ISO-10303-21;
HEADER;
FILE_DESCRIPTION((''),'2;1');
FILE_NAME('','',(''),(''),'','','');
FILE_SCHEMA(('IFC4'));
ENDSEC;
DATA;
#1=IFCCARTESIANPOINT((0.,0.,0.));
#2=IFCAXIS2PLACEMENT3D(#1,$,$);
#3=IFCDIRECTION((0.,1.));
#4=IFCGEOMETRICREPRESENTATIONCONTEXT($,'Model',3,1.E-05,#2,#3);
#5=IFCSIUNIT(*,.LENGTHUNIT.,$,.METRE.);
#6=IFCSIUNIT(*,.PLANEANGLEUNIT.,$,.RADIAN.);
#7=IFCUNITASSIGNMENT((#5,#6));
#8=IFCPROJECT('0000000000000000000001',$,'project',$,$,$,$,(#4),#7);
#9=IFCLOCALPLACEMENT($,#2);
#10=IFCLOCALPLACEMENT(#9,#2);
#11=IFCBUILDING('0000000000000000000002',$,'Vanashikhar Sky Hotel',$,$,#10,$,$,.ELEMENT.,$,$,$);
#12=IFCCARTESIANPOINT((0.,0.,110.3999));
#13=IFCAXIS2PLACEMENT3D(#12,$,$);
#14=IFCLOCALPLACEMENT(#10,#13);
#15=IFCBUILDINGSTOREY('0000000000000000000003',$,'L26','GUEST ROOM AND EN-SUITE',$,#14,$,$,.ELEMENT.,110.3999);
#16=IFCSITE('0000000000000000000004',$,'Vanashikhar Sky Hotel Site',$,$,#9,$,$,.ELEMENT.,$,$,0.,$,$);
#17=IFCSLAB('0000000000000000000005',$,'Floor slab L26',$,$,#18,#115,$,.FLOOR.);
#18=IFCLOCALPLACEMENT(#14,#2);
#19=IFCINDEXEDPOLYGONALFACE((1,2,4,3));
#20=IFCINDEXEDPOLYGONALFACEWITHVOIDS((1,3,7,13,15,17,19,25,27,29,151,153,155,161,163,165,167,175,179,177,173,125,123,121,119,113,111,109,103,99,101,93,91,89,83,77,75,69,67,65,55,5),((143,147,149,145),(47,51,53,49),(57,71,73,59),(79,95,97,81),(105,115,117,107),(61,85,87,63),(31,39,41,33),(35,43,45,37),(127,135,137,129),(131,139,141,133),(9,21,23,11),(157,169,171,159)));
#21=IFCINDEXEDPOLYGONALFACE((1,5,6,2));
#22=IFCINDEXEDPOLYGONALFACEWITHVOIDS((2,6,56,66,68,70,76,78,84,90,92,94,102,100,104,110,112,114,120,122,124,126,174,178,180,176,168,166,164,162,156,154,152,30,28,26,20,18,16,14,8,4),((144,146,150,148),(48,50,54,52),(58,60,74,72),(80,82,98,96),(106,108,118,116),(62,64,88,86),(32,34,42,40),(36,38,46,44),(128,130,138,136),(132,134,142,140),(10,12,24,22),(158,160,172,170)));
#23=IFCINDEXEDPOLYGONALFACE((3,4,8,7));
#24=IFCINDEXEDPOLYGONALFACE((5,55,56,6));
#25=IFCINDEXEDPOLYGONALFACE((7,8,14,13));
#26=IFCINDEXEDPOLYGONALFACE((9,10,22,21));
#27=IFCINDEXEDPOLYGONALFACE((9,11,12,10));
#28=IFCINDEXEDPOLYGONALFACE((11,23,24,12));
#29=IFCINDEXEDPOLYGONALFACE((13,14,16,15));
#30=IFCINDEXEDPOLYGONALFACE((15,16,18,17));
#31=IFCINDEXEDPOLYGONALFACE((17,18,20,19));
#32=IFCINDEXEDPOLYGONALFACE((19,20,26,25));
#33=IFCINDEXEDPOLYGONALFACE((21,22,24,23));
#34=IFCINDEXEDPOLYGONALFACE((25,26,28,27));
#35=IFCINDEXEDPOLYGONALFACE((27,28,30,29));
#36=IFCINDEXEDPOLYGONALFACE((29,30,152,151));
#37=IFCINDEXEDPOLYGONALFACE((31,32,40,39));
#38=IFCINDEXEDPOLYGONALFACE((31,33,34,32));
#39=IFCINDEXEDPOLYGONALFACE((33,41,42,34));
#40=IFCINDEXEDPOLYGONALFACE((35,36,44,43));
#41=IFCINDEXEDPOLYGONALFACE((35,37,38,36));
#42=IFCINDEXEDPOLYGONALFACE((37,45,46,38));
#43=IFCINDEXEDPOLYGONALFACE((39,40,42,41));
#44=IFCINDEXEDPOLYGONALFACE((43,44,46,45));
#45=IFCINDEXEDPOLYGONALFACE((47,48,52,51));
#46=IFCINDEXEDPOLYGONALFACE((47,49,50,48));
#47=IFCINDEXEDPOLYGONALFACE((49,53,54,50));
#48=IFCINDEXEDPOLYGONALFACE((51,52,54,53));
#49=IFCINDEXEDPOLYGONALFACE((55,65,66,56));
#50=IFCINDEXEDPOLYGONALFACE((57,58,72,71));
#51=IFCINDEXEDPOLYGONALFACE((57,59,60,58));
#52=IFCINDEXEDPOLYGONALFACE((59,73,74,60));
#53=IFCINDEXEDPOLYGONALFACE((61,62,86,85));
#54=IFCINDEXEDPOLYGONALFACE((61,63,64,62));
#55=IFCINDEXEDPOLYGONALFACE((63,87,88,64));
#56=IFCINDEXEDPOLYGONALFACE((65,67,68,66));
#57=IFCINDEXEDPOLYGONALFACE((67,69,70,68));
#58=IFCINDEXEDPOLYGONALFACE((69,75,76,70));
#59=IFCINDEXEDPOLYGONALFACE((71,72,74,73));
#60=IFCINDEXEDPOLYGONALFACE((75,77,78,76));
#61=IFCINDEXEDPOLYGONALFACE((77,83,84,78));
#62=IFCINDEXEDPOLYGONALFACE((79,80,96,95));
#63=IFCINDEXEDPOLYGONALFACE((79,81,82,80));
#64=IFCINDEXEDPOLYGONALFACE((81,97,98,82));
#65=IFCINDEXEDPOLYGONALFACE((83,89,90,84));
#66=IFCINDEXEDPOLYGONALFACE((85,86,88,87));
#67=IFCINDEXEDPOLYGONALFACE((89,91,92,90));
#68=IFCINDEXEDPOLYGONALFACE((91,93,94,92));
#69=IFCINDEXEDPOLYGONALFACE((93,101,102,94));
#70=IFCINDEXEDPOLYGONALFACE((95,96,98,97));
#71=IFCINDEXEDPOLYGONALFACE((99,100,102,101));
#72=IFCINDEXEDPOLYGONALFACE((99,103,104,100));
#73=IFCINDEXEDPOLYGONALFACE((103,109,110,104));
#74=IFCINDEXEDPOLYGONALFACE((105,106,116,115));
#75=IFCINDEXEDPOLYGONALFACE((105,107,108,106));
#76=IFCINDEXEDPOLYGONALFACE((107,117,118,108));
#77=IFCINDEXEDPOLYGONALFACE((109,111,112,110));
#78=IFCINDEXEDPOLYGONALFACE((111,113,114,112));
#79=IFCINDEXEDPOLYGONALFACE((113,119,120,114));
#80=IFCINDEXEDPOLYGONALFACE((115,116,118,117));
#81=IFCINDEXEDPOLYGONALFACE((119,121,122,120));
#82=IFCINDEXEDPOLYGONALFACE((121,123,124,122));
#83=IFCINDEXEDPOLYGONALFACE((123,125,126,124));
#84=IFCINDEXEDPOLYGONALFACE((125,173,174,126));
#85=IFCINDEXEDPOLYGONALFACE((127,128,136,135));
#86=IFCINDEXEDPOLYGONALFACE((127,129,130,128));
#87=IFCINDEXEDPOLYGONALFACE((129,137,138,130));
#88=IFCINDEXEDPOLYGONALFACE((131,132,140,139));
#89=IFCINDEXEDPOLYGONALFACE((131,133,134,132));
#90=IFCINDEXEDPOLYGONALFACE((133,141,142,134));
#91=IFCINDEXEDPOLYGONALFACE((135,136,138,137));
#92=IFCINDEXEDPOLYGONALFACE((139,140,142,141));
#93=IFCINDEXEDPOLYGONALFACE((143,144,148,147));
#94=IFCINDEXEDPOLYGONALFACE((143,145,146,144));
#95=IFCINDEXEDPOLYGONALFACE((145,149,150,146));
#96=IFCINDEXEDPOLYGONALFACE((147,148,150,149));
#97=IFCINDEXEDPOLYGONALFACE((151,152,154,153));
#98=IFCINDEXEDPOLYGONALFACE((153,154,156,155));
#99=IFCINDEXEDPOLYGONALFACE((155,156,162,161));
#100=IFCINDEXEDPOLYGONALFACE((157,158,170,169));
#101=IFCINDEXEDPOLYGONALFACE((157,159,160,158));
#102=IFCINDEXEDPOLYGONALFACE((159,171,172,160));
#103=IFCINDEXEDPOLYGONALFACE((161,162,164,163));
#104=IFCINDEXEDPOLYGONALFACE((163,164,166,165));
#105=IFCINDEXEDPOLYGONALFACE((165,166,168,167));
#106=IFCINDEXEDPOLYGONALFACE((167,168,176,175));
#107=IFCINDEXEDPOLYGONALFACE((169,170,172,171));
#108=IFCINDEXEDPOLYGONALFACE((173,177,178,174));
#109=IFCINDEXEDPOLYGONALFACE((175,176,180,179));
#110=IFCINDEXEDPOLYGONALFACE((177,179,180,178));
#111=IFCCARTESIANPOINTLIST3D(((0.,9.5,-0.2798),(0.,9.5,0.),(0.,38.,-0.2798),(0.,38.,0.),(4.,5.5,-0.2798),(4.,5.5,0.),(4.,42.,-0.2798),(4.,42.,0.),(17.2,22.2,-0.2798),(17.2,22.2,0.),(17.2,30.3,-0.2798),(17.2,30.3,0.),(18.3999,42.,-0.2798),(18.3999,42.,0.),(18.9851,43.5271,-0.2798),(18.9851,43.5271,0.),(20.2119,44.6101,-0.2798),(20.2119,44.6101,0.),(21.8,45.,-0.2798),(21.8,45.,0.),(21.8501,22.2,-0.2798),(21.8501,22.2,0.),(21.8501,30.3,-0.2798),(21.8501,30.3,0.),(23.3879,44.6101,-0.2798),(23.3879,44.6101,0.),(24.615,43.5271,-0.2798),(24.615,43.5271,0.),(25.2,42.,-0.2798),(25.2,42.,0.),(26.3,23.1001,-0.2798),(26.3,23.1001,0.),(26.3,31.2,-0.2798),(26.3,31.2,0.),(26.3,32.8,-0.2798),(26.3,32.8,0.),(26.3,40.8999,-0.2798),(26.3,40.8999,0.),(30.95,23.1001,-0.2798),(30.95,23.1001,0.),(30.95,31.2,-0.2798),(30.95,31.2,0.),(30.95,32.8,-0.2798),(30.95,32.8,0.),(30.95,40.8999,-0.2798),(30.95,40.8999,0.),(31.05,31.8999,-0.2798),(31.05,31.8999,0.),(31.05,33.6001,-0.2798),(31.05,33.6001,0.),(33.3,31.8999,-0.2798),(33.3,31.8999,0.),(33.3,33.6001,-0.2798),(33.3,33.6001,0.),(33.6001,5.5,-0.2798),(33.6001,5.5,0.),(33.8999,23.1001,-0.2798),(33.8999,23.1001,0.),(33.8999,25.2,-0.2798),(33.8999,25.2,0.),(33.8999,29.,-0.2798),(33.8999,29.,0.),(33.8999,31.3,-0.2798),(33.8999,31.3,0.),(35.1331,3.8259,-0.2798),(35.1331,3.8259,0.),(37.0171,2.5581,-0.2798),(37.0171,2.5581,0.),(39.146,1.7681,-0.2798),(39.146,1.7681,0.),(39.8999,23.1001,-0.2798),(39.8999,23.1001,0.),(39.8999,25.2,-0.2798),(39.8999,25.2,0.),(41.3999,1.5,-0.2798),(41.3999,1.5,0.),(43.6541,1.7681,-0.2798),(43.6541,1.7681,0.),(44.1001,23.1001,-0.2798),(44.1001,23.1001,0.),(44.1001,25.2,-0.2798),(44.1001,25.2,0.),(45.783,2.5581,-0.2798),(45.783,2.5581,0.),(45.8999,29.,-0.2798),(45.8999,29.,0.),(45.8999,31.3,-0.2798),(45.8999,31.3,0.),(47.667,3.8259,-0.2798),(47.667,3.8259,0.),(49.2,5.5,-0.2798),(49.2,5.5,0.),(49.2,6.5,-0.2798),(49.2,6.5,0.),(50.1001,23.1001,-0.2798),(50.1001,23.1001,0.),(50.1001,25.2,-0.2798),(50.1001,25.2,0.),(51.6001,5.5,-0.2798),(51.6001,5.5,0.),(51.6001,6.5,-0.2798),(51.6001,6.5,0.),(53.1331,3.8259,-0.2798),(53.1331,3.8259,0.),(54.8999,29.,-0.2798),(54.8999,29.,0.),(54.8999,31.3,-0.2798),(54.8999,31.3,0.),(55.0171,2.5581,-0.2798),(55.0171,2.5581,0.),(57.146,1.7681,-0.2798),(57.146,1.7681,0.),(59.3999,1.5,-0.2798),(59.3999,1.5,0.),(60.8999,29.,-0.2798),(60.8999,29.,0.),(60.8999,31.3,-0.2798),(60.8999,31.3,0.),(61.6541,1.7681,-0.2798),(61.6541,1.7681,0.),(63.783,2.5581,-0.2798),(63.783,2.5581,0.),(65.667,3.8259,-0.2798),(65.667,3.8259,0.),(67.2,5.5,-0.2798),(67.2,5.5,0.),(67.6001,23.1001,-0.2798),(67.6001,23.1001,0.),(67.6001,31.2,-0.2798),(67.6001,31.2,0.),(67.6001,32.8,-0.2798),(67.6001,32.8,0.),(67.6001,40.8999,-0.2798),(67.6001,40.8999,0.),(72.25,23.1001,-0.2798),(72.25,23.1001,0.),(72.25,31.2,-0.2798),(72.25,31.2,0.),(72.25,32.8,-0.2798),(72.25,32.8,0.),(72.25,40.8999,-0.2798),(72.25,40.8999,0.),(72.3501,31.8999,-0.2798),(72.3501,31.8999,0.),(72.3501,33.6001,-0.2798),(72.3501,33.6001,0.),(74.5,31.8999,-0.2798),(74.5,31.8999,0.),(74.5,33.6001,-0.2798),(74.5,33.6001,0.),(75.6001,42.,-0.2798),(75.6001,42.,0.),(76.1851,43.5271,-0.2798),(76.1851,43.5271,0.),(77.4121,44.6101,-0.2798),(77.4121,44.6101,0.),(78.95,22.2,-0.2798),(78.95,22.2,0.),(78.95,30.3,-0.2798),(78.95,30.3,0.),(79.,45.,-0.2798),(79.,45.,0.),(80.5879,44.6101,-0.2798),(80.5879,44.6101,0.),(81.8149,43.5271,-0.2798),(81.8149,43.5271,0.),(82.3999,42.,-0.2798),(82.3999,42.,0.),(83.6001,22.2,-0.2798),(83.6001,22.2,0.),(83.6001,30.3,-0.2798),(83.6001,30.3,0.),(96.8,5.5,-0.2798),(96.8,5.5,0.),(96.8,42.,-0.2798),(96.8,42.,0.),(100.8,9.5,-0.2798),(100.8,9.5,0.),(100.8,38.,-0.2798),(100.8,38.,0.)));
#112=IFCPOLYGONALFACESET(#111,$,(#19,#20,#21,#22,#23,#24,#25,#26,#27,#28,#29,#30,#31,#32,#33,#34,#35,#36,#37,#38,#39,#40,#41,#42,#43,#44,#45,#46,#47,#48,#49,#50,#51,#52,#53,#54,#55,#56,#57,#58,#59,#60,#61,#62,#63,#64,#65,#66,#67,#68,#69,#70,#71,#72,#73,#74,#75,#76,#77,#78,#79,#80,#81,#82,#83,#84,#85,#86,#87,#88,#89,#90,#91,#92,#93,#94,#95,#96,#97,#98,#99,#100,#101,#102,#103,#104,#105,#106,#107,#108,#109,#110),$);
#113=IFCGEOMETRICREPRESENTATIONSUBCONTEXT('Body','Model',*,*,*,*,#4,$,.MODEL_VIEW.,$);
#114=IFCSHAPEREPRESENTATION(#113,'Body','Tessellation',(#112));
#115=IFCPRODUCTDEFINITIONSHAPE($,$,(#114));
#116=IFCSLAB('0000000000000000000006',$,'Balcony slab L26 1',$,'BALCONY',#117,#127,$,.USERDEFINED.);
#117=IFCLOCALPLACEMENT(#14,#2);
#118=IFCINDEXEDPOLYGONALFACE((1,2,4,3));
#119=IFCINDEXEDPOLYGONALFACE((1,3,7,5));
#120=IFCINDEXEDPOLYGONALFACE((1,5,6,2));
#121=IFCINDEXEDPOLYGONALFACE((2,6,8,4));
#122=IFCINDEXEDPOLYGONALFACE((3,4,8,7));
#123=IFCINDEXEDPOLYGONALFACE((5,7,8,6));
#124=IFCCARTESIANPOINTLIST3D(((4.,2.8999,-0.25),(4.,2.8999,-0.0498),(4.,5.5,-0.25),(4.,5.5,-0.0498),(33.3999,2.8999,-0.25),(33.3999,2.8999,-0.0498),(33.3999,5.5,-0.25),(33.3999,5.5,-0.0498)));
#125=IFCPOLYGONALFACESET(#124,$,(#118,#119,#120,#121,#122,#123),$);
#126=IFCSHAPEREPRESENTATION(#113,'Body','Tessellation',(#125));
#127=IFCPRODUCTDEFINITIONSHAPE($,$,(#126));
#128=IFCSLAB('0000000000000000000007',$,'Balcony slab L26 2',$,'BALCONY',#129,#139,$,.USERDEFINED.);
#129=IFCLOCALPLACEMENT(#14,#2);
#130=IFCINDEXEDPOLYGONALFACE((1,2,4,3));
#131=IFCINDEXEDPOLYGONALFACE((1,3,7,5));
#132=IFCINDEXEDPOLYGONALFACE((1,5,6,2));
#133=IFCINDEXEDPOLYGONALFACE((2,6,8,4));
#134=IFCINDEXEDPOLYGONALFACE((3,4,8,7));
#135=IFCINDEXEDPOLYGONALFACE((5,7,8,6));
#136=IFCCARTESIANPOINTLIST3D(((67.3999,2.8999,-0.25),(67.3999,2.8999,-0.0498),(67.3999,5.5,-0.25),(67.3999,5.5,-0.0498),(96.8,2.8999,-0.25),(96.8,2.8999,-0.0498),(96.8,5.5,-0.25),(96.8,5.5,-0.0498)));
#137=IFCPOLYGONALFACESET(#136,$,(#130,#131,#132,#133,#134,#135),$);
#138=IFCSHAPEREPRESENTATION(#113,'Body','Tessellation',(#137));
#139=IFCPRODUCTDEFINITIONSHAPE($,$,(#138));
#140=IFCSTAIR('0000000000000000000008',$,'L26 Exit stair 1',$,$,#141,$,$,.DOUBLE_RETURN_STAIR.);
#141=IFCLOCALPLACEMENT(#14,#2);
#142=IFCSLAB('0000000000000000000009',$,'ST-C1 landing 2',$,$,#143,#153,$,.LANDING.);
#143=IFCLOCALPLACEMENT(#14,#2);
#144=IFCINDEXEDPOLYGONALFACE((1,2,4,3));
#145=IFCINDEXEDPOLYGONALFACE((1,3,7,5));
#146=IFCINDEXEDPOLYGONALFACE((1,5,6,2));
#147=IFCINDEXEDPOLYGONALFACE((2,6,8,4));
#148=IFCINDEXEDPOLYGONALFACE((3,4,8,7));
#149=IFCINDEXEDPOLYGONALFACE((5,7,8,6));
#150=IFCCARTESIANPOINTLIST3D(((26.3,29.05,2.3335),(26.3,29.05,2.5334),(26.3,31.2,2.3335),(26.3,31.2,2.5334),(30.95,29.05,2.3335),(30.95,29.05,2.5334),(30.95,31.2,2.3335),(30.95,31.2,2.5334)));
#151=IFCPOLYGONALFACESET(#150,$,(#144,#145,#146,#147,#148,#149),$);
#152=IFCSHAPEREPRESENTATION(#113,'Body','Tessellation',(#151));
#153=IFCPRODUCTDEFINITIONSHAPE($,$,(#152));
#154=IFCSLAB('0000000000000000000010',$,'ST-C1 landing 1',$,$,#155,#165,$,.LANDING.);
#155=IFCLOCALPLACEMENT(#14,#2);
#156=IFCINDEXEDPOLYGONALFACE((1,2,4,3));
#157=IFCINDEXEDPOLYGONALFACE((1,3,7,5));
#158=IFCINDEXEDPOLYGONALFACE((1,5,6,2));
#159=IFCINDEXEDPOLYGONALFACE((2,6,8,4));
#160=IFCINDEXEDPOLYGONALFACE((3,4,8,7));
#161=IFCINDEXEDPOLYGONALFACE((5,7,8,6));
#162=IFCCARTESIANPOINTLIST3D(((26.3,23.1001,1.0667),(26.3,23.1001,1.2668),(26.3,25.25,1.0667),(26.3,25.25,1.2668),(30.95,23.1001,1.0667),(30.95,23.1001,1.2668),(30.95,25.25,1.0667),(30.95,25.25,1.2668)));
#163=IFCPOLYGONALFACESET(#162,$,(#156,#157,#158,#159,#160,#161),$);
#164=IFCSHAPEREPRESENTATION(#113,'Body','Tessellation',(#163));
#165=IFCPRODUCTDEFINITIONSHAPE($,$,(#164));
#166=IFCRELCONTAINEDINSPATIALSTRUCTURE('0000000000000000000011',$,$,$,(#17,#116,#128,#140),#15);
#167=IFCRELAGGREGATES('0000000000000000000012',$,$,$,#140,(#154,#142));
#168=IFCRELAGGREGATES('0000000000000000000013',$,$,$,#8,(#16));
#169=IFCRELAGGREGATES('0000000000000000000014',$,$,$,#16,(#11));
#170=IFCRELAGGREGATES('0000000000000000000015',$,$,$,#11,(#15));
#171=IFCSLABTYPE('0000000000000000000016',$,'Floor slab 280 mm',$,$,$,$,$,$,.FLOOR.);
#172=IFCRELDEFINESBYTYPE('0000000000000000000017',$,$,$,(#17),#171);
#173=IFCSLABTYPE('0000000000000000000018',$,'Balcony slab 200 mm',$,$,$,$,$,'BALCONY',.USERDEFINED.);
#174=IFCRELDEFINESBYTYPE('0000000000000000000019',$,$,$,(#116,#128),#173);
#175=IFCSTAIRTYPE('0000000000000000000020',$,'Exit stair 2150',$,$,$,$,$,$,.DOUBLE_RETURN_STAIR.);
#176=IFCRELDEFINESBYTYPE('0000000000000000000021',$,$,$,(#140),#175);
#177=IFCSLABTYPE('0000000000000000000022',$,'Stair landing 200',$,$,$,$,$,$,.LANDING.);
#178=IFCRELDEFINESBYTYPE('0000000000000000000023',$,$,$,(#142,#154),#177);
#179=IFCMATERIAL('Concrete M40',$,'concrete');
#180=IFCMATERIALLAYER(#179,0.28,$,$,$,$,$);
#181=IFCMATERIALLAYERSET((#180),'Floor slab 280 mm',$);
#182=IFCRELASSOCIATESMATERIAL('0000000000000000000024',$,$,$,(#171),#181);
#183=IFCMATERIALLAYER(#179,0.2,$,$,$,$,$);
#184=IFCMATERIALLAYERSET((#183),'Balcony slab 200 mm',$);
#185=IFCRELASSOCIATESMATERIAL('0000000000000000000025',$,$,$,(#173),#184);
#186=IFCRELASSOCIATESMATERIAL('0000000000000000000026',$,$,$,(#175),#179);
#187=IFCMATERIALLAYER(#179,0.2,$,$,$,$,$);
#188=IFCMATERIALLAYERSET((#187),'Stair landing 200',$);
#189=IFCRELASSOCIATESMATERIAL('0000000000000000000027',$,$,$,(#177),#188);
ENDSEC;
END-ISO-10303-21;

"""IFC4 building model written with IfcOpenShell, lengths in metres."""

from ifc_helpers import new_model, si_unit, direction, frame, origin, place, context, subcontext, project, spatial, polyline, outline, extrude, source, transform, mapped, material, layer, layer_set, type_object, element, aggregate, save


model = new_model("IFC4")

# Units and contexts
model_context = context("Model", 3, precision=1e-05, world=origin(), true_north=direction((0.0, 1.0)))
body_context = subcontext(model_context, "Body", "Model", "MODEL_VIEW")
ifc_project = project(units=[si_unit("LENGTHUNIT", "METRE"), si_unit("PLANEANGLEUNIT", "RADIAN")], contexts=[model_context])

# Site, building, storey
site_placement = place(None, origin())
site = spatial("IfcSite", under=ifc_project, at=site_placement, Name="Vanashikhar Sky Hotel Site", CompositionType="ELEMENT", RefElevation=0.0)
building_placement = place(site_placement, origin())
building = spatial("IfcBuilding", under=site, at=building_placement, Name="Vanashikhar Sky Hotel", CompositionType="ELEMENT")
storey_placement = place(building_placement, frame((0.0, 0.0, 110.3999)))
storey = spatial("IfcBuildingStorey", under=building, at=storey_placement, Name="L26", Description="GUEST ROOM AND EN-SUITE", CompositionType="ELEMENT", Elevation=110.3999)

# Slabs
ifc_material_1 = material(Name="Concrete M40", Category="concrete")
ifc_layer_1 = layer(ifc_material_1, 0.28)
ifc_layer_set_1 = layer_set([ifc_layer_1], Name="Floor slab 280 mm")
slab_type_1 = type_object("IfcSlabType", Name="Floor slab 280 mm", PredefinedType="FLOOR", material=ifc_layer_set_1)
shared_shape_1 = source(origin(), body_context, "Body", "SweptSolid", [
    extrude(outline(polyline([(49.2, 5.5), (49.2, 6.5), (51.6001, 6.5), (51.6001, 5.5), (53.1331, 3.8259), (55.0171, 2.5581), (57.146, 1.7681), (59.3999, 1.5), (61.6541, 1.7681), (63.783, 2.5581), (65.667, 3.8259), (67.2, 5.5), (96.8, 5.5), (100.8, 9.5), (100.8, 38.0), (96.8, 42.0), (82.3999, 42.0), (81.8149, 43.5271), (80.5879, 44.6101), (79.0, 45.0), (77.4121, 44.6101), (76.1851, 43.5271), (75.6001, 42.0), (25.2, 42.0), (24.615, 43.5271), (23.3879, 44.6101), (21.8, 45.0), (20.2119, 44.6101), (18.9851, 43.5271), (18.3999, 42.0), (4.0, 42.0), (0.0, 38.0), (0.0, 9.5), (4.0, 5.5), (33.6001, 5.5), (35.1331, 3.8259), (37.0171, 2.5581), (39.146, 1.7681), (41.3999, 1.5), (43.6541, 1.7681), (45.783, 2.5581), (47.667, 3.8259), (49.2, 5.5)]), holes=[polyline([(33.3, 33.6001), (31.05, 33.6001), (31.05, 31.8999), (33.3, 31.8999), (33.3, 33.6001)]), polyline([(33.8999, 25.2), (33.8999, 23.1001), (39.8999, 23.1001), (39.8999, 25.2), (33.8999, 25.2)]), polyline([(33.8999, 31.3), (33.8999, 29.0), (45.8999, 29.0), (45.8999, 31.3), (33.8999, 31.3)]), polyline([(44.1001, 25.2), (44.1001, 23.1001), (50.1001, 23.1001), (50.1001, 25.2), (44.1001, 25.2)]), polyline([(54.8999, 31.3), (54.8999, 29.0), (60.8999, 29.0), (60.8999, 31.3), (54.8999, 31.3)]), polyline([(74.5, 33.6001), (72.3501, 33.6001), (72.3501, 31.8999), (74.5, 31.8999), (74.5, 33.6001)]), polyline([(30.95, 23.1001), (30.95, 31.2), (26.3, 31.2), (26.3, 23.1001), (30.95, 23.1001)]), polyline([(72.25, 23.1001), (72.25, 31.2), (67.6001, 31.2), (67.6001, 23.1001), (72.25, 23.1001)]), polyline([(30.95, 32.8), (30.95, 40.8999), (26.3, 40.8999), (26.3, 32.8), (30.95, 32.8)]), polyline([(72.25, 32.8), (72.25, 40.8999), (67.6001, 40.8999), (67.6001, 32.8), (72.25, 32.8)]), polyline([(83.6001, 22.2), (83.6001, 30.3), (78.95, 30.3), (78.95, 22.2), (83.6001, 22.2)]), polyline([(21.8501, 22.2), (21.8501, 30.3), (17.2, 30.3), (17.2, 22.2), (21.8501, 22.2)])]), origin(), (0.0, 0.0, 1.0), 0.2798),
])
slab_1_placement = place(storey_placement, frame((0.0, 0.0, -0.2798)))
element("IfcSlab", 1, at=slab_1_placement, inside=storey, type_object=slab_type_1, Name="Floor slab L26", PredefinedType="FLOOR", context=body_context, shape_type="MappedRepresentation", body=[
    mapped(shared_shape_1, transform((0.0, 0.0, 0.0), scale=1.0)),
])
ifc_layer_2 = layer(ifc_material_1, 0.2)
ifc_layer_set_2 = layer_set([ifc_layer_2], Name="Balcony slab 200 mm")
slab_type_2 = type_object("IfcSlabType", Name="Balcony slab 200 mm", ElementType="BALCONY", PredefinedType="USERDEFINED", material=ifc_layer_set_2)
shared_shape_2 = source(origin(), body_context, "Body", "SweptSolid", [
    extrude(outline(polyline([(4.0, 2.8999), (33.3999, 2.8999), (33.3999, 5.5), (4.0, 5.5), (4.0, 2.8999)])), origin(), (0.0, 0.0, 1.0), 0.2002),
])
slab_2_placement = place(storey_placement, frame((0.0, 0.0, -0.25)))
element("IfcSlab", 2, at=slab_2_placement, inside=storey, type_object=slab_type_2, Name="Balcony slab L26 1", ObjectType="BALCONY", PredefinedType="USERDEFINED", context=body_context, shape_type="MappedRepresentation", body=[
    mapped(shared_shape_2, transform((0.0, 0.0, 0.0), scale=1.0)),
])
shared_shape_3 = source(origin(), body_context, "Body", "SweptSolid", [
    extrude(outline(polyline([(67.3999, 2.8999), (96.8, 2.8999), (96.8, 5.5), (67.3999, 5.5), (67.3999, 2.8999)])), origin(), (0.0, 0.0, 1.0), 0.2002),
])
slab_3_placement = place(storey_placement, frame((0.0, 0.0, -0.25)))
element("IfcSlab", 3, at=slab_3_placement, inside=storey, type_object=slab_type_2, Name="Balcony slab L26 2", ObjectType="BALCONY", PredefinedType="USERDEFINED", context=body_context, shape_type="MappedRepresentation", body=[
    mapped(shared_shape_3, transform((0.0, 0.0, 0.0), scale=1.0)),
])

# Stair, slabs
stair_type = type_object("IfcStairType", Name="Exit stair 2150", PredefinedType="DOUBLE_RETURN_STAIR", material=ifc_material_1)
stair_1_placement = place(storey_placement, origin())
stair_1 = element("IfcStair", 4, at=stair_1_placement, inside=storey, type_object=stair_type, Name="L26 Exit stair 1", PredefinedType="DOUBLE_RETURN_STAIR")
ifc_layer_3 = layer(ifc_material_1, 0.2)
ifc_layer_set_3 = layer_set([ifc_layer_3], Name="Stair landing 200")
slab_type_3 = type_object("IfcSlabType", Name="Stair landing 200", PredefinedType="LANDING", material=ifc_layer_set_3)
shared_shape_4 = source(origin(), body_context, "Body", "SweptSolid", [
    extrude(outline(polyline([(30.95, 29.05), (30.95, 31.2), (26.3, 31.2), (26.3, 29.05), (30.95, 29.05)])), origin(), (0.0, 0.0, 1.0), 0.2),
])
slab_4_placement = place(storey_placement, frame((0.0, 0.0, 2.3335)))
slab_4 = element("IfcSlab", 5, at=slab_4_placement, type_object=slab_type_3, Name="ST-C1 landing 2", PredefinedType="LANDING", context=body_context, shape_type="MappedRepresentation", body=[
    mapped(shared_shape_4, transform((0.0, 0.0, 0.0), scale=1.0)),
])
shared_shape_5 = source(origin(), body_context, "Body", "SweptSolid", [
    extrude(outline(polyline([(30.95, 23.1001), (30.95, 25.25), (26.3, 25.25), (26.3, 23.1001), (30.95, 23.1001)])), origin(), (0.0, 0.0, 1.0), 0.2002),
])
slab_5_placement = place(storey_placement, frame((0.0, 0.0, 1.0667)))
slab_5 = element("IfcSlab", 6, at=slab_5_placement, type_object=slab_type_3, Name="ST-C1 landing 1", PredefinedType="LANDING", context=body_context, shape_type="MappedRepresentation", body=[
    mapped(shared_shape_5, transform((0.0, 0.0, 0.0), scale=1.0)),
])
aggregate(stair_1, [slab_5, slab_4])

save(model, "model.ifc")
